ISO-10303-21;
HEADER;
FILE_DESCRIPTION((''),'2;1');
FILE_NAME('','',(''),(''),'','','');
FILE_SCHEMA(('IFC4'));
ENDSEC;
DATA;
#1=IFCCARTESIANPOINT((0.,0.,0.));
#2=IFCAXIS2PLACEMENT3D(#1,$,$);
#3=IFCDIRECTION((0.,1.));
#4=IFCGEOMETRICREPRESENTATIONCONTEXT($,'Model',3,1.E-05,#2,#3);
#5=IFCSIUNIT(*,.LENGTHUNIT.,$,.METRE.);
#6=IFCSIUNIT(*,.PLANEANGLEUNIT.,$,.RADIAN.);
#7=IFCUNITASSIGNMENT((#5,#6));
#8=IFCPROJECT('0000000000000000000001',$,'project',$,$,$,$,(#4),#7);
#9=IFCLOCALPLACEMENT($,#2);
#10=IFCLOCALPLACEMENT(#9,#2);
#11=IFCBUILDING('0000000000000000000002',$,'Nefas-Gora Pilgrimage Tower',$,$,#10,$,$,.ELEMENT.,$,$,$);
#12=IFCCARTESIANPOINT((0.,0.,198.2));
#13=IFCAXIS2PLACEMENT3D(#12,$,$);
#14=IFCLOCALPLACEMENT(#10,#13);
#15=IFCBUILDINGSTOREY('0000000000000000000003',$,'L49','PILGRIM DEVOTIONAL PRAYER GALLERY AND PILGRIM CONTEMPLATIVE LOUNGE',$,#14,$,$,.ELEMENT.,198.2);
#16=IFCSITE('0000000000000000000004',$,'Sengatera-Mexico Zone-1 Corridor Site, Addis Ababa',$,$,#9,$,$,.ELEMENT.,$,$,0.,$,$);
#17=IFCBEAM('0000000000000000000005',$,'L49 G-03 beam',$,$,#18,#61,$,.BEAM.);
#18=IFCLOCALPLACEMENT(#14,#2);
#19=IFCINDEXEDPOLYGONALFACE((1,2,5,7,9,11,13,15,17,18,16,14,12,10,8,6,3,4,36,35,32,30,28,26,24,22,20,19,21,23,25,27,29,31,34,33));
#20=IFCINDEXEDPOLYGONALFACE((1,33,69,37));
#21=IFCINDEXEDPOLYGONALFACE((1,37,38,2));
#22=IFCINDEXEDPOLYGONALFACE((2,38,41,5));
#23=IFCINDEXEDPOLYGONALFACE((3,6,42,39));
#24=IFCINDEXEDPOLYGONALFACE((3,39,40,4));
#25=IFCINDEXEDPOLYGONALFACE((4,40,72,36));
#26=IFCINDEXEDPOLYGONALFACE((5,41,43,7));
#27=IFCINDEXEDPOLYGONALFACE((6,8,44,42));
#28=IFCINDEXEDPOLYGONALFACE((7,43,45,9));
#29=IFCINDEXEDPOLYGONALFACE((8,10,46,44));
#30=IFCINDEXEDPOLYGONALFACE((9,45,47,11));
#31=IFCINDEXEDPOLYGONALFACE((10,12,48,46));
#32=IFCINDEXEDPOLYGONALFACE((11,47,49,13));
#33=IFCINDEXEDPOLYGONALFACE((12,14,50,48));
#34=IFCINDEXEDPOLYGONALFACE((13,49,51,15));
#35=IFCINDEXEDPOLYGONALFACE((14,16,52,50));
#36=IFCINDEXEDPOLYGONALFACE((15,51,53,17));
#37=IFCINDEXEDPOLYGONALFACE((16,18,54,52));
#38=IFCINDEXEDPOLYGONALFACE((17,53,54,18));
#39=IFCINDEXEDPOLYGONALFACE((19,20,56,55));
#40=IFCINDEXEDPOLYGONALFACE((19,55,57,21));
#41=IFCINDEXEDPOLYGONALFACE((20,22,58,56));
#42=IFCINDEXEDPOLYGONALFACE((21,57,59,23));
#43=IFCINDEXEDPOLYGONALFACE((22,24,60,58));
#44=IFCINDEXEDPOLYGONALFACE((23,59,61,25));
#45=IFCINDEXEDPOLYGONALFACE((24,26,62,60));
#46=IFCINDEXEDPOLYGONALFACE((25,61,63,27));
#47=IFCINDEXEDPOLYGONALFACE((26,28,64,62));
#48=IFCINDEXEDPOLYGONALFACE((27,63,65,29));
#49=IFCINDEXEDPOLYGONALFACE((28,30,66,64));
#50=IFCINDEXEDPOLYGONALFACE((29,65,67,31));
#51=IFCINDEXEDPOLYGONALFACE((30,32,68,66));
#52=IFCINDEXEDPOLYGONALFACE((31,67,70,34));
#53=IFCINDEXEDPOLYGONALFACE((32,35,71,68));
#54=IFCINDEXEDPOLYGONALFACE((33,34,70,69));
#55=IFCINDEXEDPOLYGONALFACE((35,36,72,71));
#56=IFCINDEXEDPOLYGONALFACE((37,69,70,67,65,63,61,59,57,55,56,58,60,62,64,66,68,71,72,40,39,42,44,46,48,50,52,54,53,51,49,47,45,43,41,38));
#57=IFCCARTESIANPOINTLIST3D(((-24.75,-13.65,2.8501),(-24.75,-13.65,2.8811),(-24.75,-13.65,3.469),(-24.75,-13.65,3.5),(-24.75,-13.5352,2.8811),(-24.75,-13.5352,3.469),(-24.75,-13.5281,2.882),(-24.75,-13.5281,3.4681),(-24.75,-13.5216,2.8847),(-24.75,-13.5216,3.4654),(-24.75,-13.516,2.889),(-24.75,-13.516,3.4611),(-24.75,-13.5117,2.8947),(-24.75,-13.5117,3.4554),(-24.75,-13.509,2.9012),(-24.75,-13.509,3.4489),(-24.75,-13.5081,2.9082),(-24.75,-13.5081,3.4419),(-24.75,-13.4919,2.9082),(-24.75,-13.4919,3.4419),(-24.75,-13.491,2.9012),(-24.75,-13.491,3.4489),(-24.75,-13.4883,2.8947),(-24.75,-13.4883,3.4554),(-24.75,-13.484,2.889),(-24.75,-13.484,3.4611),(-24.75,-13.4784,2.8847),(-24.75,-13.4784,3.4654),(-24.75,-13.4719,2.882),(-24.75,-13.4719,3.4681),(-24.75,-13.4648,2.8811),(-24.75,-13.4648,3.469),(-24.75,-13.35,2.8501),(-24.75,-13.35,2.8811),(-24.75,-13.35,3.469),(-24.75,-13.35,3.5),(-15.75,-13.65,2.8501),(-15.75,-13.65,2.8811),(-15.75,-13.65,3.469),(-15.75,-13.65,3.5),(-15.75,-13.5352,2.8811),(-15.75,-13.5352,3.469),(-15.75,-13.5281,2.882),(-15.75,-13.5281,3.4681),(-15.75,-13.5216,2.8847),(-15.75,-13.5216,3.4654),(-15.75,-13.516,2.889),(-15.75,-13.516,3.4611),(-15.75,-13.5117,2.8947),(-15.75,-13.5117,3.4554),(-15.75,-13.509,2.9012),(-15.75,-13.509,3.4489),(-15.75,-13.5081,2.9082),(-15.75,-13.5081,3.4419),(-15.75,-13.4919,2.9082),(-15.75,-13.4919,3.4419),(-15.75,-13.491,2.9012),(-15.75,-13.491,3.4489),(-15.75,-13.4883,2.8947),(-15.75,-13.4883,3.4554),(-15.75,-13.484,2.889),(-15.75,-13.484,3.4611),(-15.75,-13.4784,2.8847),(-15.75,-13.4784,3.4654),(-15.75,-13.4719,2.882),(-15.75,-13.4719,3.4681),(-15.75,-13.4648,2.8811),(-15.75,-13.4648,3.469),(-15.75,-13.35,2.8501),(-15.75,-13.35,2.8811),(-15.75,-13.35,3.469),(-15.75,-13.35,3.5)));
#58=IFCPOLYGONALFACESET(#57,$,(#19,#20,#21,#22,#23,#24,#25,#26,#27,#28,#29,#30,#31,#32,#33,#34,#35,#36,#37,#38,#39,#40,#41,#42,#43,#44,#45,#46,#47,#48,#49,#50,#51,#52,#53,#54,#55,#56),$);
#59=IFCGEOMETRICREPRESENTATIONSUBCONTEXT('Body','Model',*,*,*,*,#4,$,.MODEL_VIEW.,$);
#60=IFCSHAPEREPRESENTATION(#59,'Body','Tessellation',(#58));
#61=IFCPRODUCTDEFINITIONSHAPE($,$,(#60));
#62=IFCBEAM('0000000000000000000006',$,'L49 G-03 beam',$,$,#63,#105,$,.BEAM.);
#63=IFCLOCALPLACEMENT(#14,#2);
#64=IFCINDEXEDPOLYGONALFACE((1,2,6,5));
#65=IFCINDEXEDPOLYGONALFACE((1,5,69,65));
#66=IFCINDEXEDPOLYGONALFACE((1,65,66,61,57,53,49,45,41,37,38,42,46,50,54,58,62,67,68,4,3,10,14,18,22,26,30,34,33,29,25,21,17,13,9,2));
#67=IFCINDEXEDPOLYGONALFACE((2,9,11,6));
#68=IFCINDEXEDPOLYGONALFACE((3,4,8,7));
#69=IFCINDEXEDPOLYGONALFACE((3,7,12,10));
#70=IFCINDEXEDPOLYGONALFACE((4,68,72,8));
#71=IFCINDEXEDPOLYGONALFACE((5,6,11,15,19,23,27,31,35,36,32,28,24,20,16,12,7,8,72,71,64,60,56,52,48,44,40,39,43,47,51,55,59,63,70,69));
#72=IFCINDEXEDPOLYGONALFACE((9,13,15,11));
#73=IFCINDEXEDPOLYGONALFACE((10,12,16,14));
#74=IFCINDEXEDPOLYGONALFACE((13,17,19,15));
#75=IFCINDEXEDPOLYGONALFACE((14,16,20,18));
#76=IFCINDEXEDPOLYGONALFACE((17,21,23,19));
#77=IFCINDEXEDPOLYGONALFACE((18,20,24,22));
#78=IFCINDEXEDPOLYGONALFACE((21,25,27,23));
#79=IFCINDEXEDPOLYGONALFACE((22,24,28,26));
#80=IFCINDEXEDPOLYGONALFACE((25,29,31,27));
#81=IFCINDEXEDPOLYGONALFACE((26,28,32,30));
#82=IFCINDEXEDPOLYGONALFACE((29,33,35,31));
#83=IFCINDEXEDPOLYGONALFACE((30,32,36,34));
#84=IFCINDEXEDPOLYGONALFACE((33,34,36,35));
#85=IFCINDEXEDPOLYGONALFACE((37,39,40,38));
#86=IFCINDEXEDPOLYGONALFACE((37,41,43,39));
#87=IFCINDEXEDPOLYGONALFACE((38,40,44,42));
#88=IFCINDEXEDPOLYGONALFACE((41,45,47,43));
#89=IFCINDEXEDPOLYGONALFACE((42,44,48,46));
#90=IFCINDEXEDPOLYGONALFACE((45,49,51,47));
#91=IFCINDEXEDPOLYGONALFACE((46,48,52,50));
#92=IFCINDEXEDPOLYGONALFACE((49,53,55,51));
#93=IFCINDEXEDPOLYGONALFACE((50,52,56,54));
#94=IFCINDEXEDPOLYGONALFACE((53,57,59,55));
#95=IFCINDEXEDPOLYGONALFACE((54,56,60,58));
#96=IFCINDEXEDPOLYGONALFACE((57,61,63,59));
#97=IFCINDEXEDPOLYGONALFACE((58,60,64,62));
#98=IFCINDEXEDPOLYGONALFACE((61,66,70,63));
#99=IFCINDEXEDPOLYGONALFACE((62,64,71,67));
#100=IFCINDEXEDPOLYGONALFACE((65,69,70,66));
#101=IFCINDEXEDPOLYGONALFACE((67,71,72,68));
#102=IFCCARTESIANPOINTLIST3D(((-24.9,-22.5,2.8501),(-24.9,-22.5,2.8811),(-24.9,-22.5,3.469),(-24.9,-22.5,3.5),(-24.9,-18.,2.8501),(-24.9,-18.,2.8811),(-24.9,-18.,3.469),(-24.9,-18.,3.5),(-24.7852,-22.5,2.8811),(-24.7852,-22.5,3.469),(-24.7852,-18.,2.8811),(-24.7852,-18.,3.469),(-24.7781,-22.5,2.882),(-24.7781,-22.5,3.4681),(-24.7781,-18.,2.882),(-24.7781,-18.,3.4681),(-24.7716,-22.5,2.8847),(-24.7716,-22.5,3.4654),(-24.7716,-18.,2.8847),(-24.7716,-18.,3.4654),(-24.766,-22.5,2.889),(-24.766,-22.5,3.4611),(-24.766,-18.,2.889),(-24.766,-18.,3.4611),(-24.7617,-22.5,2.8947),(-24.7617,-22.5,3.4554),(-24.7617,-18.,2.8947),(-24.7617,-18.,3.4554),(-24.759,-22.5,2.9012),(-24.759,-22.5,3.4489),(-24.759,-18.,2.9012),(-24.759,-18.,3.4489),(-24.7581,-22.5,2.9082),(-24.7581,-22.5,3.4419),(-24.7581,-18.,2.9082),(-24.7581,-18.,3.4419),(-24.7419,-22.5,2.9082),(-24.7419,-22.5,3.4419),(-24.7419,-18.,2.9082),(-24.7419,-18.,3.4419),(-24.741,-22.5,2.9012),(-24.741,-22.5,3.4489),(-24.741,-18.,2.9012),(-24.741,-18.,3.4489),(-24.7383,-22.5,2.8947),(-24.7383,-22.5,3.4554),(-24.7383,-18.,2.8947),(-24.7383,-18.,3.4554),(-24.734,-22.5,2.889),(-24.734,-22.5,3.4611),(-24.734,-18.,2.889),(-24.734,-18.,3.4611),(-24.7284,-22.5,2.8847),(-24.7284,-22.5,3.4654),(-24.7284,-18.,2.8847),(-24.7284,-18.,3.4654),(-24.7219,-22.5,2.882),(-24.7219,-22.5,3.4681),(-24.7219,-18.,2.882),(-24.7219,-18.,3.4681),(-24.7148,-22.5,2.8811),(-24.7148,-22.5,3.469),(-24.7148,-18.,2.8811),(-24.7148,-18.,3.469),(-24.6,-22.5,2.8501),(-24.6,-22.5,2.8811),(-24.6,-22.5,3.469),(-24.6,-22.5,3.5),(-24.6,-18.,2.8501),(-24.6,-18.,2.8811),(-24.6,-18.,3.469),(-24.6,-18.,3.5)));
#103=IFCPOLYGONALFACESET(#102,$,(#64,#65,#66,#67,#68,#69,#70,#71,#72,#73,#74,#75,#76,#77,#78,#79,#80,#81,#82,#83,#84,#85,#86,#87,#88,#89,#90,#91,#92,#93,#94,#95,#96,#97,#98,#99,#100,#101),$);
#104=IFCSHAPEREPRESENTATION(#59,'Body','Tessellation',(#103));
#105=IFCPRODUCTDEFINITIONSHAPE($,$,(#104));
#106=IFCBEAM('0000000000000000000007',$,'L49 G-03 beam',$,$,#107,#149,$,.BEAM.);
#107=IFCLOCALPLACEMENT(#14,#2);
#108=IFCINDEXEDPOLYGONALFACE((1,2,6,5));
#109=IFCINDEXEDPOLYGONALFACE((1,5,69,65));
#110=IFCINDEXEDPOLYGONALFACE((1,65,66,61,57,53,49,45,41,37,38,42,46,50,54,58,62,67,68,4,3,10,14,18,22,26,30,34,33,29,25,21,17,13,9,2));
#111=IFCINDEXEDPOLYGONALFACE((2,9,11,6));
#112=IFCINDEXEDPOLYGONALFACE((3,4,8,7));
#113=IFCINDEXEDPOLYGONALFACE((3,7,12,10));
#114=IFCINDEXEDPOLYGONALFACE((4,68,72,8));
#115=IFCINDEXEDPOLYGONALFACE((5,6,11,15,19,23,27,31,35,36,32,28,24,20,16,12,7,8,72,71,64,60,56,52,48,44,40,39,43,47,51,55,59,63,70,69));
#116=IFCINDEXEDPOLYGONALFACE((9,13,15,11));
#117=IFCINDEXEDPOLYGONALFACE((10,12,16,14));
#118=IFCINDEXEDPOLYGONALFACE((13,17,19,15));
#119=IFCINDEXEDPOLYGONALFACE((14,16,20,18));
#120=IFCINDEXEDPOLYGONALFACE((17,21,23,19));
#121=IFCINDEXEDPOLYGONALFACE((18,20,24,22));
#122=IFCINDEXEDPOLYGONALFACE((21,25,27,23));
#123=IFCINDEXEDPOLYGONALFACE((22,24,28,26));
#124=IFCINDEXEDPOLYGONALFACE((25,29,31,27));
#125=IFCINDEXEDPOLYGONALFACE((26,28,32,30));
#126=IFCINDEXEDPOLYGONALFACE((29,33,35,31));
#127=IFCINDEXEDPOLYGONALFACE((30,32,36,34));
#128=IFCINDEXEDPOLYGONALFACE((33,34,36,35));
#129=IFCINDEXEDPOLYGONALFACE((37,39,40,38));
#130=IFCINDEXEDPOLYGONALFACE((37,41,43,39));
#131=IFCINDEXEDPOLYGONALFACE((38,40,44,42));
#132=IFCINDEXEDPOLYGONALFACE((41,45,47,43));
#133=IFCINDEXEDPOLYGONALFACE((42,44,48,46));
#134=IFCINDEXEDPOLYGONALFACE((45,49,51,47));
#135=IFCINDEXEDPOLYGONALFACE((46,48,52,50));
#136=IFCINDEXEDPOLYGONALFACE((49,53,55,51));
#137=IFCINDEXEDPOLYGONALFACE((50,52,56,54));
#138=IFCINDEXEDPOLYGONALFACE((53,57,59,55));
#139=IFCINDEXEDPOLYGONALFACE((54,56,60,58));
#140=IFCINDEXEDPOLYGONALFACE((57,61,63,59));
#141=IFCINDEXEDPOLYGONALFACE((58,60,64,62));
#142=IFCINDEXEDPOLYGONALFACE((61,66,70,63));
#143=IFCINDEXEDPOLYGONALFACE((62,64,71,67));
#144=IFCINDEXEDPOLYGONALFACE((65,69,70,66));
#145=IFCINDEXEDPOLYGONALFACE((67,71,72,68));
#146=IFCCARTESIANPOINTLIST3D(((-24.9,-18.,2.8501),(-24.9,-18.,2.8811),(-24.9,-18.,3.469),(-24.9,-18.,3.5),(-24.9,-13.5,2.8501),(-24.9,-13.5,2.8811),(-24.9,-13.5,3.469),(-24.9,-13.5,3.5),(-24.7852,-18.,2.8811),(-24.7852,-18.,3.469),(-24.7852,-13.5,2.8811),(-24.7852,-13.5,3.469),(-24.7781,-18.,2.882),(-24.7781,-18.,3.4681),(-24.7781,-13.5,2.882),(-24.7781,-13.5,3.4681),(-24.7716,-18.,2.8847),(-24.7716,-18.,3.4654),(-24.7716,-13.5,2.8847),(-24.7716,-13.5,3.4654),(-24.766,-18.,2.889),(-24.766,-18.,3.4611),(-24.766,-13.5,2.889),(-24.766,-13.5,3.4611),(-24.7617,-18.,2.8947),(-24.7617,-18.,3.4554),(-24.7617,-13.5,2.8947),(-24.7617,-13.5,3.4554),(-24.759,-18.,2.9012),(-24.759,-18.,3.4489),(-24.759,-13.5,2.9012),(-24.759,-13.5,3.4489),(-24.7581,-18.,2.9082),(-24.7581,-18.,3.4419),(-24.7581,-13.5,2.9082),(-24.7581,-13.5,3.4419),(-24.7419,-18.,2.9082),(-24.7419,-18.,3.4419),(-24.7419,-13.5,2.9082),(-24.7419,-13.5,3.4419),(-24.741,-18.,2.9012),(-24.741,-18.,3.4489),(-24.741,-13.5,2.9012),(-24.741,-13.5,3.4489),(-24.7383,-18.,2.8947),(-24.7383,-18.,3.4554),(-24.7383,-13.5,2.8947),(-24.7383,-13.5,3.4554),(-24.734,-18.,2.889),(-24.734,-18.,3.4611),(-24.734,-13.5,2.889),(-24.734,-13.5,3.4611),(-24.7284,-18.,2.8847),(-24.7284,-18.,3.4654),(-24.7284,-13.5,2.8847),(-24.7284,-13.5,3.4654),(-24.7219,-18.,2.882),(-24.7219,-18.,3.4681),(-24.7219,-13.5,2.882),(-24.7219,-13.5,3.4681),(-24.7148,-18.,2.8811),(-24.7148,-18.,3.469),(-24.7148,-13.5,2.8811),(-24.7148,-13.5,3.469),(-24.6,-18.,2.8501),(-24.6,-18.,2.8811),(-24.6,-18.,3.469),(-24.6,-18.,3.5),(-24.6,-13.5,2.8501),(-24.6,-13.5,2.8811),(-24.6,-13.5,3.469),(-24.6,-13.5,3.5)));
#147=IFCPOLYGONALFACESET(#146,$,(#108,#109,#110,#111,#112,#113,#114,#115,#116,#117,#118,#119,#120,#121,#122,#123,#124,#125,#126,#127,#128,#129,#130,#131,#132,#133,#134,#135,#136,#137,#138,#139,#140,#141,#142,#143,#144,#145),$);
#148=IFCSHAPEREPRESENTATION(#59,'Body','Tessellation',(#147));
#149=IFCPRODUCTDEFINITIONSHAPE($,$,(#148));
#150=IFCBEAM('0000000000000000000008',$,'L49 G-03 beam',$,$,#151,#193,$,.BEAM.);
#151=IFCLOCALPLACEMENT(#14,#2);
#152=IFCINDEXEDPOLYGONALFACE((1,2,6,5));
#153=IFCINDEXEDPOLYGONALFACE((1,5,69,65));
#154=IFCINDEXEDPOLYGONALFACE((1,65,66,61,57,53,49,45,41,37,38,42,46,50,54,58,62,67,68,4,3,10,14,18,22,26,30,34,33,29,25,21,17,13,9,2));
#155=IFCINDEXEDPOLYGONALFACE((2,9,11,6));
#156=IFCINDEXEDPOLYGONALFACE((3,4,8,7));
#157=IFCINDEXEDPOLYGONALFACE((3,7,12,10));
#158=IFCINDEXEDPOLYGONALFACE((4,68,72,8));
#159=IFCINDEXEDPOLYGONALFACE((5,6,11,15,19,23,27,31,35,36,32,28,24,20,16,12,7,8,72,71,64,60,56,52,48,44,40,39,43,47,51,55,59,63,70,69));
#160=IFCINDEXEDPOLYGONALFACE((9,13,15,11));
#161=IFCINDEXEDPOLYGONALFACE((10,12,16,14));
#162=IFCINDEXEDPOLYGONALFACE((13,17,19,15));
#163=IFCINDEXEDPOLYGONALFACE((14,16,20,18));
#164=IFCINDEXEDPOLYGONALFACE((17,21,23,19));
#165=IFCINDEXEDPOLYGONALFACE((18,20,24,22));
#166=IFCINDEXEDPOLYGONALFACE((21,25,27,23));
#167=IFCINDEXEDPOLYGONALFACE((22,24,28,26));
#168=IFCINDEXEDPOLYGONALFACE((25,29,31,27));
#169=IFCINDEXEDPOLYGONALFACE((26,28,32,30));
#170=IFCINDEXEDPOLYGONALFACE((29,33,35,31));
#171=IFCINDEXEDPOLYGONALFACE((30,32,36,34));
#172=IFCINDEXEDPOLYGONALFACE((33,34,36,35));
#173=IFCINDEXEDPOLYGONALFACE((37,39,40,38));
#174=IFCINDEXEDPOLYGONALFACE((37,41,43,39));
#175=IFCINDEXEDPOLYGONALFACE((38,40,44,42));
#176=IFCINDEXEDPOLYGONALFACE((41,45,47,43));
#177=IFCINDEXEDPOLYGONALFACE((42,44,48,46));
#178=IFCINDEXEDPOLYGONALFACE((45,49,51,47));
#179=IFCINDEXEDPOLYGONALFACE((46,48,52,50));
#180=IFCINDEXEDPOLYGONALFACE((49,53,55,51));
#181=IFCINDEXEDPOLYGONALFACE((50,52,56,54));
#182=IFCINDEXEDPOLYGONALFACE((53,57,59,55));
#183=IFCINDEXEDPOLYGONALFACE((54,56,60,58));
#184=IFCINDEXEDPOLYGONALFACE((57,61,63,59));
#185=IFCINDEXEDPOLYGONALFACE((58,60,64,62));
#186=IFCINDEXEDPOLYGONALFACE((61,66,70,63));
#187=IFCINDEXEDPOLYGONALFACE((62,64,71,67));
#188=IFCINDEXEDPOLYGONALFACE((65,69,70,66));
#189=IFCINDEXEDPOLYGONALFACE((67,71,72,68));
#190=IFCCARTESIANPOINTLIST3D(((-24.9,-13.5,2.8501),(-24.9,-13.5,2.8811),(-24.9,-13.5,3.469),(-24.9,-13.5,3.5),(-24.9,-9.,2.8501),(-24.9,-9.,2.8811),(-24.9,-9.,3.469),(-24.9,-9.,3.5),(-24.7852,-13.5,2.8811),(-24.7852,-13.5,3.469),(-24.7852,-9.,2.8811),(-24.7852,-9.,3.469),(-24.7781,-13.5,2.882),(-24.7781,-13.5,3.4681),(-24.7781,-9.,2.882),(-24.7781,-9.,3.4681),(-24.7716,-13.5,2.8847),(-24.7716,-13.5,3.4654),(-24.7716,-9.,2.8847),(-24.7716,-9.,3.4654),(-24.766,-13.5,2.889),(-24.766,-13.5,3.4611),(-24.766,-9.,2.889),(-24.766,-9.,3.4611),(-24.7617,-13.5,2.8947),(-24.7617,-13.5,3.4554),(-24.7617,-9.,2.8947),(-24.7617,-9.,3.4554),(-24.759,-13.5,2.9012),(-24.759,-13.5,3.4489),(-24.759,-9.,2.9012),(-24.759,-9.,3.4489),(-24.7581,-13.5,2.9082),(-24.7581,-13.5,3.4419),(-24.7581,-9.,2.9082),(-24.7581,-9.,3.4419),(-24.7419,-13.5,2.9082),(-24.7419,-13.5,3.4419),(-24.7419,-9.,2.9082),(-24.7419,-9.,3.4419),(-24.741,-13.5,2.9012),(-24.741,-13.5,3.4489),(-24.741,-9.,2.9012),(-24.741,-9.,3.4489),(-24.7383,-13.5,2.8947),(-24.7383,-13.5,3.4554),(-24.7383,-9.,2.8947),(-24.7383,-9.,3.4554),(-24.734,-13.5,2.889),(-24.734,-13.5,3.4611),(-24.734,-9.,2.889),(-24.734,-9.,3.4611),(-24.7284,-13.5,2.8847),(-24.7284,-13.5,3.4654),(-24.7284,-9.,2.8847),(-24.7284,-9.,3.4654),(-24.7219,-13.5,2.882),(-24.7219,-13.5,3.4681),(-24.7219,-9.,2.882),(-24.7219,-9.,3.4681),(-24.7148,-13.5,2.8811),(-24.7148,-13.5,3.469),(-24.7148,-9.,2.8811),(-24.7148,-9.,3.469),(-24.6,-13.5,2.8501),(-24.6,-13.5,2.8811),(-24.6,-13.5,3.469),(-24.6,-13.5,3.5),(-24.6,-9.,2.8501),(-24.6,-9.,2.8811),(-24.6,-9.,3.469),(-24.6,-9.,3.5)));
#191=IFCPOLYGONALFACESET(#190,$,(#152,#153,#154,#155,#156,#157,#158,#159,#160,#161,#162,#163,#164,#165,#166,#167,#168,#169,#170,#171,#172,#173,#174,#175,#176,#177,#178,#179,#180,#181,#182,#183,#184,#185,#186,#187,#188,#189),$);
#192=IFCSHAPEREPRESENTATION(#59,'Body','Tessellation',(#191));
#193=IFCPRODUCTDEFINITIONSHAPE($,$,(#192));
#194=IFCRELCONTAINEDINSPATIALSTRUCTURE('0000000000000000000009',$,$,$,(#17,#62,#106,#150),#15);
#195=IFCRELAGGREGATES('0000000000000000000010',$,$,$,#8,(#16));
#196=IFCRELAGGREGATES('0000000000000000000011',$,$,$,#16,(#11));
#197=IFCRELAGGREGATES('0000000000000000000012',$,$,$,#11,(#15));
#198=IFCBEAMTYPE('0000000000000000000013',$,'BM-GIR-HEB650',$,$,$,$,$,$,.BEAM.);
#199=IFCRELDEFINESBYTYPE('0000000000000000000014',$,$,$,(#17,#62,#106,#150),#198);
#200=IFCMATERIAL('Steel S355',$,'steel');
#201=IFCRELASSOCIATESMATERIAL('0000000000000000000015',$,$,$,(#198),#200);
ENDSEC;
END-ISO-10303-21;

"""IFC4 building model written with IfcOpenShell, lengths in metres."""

from ifc_helpers import new_model, si_unit, direction, frame, origin, origin_2d, place, context, subcontext, project, spatial, i_section, extrude, source, transform, mapped, material, material_profile, profile_set, type_object, element, save


model = new_model("IFC4")

# Units and contexts
model_context = context("Model", 3, precision=1e-05, world=origin(), true_north=direction((0.0, 1.0)))
body_context = subcontext(model_context, "Body", "Model", "MODEL_VIEW")
ifc_project = project(units=[si_unit("LENGTHUNIT", "METRE"), si_unit("PLANEANGLEUNIT", "RADIAN")], contexts=[model_context])

# Site, building, storey
site_placement = place(None, origin())
site = spatial("IfcSite", under=ifc_project, at=site_placement, Name="Sengatera-Mexico Zone-1 Corridor Site, Addis Ababa", CompositionType="ELEMENT", RefElevation=0.0)
building_placement = place(site_placement, origin())
building = spatial("IfcBuilding", under=site, at=building_placement, Name="Nefas-Gora Pilgrimage Tower", CompositionType="ELEMENT")
storey_placement = place(building_placement, frame((0.0, 0.0, 198.2)))
storey = spatial("IfcBuildingStorey", under=building, at=storey_placement, Name="L49", Description="PILGRIM DEVOTIONAL PRAYER GALLERY AND PILGRIM CONTEMPLATIVE LOUNGE", CompositionType="ELEMENT", Elevation=198.2)

# Beams
ifc_material_1 = material(Name="Steel S355", Category="steel")
ifc_material_profile_1 = material_profile(ifc_material_1, i_section(OverallWidth=0.3, OverallDepth=0.6499, WebThickness=0.0161, FlangeThickness=0.031, FilletRadius=0.0271, at=origin_2d()), Name="HEB 650")
ifc_profile_set_1 = profile_set([ifc_material_profile_1], Name="Steel S355")
beam_type_1 = type_object("IfcBeamType", Name="BM-GIR-HEB650", PredefinedType="BEAM", material=ifc_profile_set_1)
shared_shape_1 = source(origin(), body_context, "Body", "SweptSolid", [
    extrude(i_section(OverallWidth=0.3, OverallDepth=0.6499, WebThickness=0.0161, FlangeThickness=0.031, FilletRadius=0.0271, at=origin_2d()), origin(), (0.0, 0.0, 1.0), 9.0),
])
for number, where, z_axis, x_axis, name in (
    (1, (-24.75, -13.5, 3.175), (1.0, 0.0, 0.0), (0.0, 1.0, 0.0), "L49 G-03 beam"),
):
    element("IfcBeam", number, at=place(storey_placement, frame(where, z_axis=z_axis, x_axis=x_axis)), inside=storey, type_object=beam_type_1, Name=name, PredefinedType="BEAM", context=body_context, shape_type="MappedRepresentation", body=[
        mapped(shared_shape_1, transform((0.0, 0.0, 0.0), x_axis=(1.0, 0.0, 0.0), y_axis=(0.0, 1.0, 0.0), z_axis=(0.0, 0.0, 1.0), scale=1.0)),
    ])
shared_shape_2 = source(origin(), body_context, "Body", "SweptSolid", [
    extrude(i_section(OverallWidth=0.3, OverallDepth=0.6499, WebThickness=0.0161, FlangeThickness=0.031, FilletRadius=0.0271, at=origin_2d()), origin(), (0.0, 0.0, 1.0), 4.5),
])
for number, where, z_axis, x_axis, name in (
    (2, (-24.75, -22.5, 3.175), (0.0, 1.0, 0.0), (-1.0, 0.0, 0.0), "L49 G-03 beam"),
    (3, (-24.75, -18.0, 3.175), (0.0, 1.0, 0.0), (-1.0, 0.0, 0.0), "L49 G-03 beam"),
    (4, (-24.75, -13.5, 3.175), (0.0, 1.0, 0.0), (-1.0, 0.0, 0.0), "L49 G-03 beam"),
):
    element("IfcBeam", number, at=place(storey_placement, frame(where, z_axis=z_axis, x_axis=x_axis)), inside=storey, type_object=beam_type_1, Name=name, PredefinedType="BEAM", context=body_context, shape_type="MappedRepresentation", body=[
        mapped(shared_shape_2, transform((0.0, 0.0, 0.0), x_axis=(1.0, 0.0, 0.0), y_axis=(0.0, 1.0, 0.0), z_axis=(0.0, 0.0, 1.0), scale=1.0)),
    ])

save(model, "model.ifc")
